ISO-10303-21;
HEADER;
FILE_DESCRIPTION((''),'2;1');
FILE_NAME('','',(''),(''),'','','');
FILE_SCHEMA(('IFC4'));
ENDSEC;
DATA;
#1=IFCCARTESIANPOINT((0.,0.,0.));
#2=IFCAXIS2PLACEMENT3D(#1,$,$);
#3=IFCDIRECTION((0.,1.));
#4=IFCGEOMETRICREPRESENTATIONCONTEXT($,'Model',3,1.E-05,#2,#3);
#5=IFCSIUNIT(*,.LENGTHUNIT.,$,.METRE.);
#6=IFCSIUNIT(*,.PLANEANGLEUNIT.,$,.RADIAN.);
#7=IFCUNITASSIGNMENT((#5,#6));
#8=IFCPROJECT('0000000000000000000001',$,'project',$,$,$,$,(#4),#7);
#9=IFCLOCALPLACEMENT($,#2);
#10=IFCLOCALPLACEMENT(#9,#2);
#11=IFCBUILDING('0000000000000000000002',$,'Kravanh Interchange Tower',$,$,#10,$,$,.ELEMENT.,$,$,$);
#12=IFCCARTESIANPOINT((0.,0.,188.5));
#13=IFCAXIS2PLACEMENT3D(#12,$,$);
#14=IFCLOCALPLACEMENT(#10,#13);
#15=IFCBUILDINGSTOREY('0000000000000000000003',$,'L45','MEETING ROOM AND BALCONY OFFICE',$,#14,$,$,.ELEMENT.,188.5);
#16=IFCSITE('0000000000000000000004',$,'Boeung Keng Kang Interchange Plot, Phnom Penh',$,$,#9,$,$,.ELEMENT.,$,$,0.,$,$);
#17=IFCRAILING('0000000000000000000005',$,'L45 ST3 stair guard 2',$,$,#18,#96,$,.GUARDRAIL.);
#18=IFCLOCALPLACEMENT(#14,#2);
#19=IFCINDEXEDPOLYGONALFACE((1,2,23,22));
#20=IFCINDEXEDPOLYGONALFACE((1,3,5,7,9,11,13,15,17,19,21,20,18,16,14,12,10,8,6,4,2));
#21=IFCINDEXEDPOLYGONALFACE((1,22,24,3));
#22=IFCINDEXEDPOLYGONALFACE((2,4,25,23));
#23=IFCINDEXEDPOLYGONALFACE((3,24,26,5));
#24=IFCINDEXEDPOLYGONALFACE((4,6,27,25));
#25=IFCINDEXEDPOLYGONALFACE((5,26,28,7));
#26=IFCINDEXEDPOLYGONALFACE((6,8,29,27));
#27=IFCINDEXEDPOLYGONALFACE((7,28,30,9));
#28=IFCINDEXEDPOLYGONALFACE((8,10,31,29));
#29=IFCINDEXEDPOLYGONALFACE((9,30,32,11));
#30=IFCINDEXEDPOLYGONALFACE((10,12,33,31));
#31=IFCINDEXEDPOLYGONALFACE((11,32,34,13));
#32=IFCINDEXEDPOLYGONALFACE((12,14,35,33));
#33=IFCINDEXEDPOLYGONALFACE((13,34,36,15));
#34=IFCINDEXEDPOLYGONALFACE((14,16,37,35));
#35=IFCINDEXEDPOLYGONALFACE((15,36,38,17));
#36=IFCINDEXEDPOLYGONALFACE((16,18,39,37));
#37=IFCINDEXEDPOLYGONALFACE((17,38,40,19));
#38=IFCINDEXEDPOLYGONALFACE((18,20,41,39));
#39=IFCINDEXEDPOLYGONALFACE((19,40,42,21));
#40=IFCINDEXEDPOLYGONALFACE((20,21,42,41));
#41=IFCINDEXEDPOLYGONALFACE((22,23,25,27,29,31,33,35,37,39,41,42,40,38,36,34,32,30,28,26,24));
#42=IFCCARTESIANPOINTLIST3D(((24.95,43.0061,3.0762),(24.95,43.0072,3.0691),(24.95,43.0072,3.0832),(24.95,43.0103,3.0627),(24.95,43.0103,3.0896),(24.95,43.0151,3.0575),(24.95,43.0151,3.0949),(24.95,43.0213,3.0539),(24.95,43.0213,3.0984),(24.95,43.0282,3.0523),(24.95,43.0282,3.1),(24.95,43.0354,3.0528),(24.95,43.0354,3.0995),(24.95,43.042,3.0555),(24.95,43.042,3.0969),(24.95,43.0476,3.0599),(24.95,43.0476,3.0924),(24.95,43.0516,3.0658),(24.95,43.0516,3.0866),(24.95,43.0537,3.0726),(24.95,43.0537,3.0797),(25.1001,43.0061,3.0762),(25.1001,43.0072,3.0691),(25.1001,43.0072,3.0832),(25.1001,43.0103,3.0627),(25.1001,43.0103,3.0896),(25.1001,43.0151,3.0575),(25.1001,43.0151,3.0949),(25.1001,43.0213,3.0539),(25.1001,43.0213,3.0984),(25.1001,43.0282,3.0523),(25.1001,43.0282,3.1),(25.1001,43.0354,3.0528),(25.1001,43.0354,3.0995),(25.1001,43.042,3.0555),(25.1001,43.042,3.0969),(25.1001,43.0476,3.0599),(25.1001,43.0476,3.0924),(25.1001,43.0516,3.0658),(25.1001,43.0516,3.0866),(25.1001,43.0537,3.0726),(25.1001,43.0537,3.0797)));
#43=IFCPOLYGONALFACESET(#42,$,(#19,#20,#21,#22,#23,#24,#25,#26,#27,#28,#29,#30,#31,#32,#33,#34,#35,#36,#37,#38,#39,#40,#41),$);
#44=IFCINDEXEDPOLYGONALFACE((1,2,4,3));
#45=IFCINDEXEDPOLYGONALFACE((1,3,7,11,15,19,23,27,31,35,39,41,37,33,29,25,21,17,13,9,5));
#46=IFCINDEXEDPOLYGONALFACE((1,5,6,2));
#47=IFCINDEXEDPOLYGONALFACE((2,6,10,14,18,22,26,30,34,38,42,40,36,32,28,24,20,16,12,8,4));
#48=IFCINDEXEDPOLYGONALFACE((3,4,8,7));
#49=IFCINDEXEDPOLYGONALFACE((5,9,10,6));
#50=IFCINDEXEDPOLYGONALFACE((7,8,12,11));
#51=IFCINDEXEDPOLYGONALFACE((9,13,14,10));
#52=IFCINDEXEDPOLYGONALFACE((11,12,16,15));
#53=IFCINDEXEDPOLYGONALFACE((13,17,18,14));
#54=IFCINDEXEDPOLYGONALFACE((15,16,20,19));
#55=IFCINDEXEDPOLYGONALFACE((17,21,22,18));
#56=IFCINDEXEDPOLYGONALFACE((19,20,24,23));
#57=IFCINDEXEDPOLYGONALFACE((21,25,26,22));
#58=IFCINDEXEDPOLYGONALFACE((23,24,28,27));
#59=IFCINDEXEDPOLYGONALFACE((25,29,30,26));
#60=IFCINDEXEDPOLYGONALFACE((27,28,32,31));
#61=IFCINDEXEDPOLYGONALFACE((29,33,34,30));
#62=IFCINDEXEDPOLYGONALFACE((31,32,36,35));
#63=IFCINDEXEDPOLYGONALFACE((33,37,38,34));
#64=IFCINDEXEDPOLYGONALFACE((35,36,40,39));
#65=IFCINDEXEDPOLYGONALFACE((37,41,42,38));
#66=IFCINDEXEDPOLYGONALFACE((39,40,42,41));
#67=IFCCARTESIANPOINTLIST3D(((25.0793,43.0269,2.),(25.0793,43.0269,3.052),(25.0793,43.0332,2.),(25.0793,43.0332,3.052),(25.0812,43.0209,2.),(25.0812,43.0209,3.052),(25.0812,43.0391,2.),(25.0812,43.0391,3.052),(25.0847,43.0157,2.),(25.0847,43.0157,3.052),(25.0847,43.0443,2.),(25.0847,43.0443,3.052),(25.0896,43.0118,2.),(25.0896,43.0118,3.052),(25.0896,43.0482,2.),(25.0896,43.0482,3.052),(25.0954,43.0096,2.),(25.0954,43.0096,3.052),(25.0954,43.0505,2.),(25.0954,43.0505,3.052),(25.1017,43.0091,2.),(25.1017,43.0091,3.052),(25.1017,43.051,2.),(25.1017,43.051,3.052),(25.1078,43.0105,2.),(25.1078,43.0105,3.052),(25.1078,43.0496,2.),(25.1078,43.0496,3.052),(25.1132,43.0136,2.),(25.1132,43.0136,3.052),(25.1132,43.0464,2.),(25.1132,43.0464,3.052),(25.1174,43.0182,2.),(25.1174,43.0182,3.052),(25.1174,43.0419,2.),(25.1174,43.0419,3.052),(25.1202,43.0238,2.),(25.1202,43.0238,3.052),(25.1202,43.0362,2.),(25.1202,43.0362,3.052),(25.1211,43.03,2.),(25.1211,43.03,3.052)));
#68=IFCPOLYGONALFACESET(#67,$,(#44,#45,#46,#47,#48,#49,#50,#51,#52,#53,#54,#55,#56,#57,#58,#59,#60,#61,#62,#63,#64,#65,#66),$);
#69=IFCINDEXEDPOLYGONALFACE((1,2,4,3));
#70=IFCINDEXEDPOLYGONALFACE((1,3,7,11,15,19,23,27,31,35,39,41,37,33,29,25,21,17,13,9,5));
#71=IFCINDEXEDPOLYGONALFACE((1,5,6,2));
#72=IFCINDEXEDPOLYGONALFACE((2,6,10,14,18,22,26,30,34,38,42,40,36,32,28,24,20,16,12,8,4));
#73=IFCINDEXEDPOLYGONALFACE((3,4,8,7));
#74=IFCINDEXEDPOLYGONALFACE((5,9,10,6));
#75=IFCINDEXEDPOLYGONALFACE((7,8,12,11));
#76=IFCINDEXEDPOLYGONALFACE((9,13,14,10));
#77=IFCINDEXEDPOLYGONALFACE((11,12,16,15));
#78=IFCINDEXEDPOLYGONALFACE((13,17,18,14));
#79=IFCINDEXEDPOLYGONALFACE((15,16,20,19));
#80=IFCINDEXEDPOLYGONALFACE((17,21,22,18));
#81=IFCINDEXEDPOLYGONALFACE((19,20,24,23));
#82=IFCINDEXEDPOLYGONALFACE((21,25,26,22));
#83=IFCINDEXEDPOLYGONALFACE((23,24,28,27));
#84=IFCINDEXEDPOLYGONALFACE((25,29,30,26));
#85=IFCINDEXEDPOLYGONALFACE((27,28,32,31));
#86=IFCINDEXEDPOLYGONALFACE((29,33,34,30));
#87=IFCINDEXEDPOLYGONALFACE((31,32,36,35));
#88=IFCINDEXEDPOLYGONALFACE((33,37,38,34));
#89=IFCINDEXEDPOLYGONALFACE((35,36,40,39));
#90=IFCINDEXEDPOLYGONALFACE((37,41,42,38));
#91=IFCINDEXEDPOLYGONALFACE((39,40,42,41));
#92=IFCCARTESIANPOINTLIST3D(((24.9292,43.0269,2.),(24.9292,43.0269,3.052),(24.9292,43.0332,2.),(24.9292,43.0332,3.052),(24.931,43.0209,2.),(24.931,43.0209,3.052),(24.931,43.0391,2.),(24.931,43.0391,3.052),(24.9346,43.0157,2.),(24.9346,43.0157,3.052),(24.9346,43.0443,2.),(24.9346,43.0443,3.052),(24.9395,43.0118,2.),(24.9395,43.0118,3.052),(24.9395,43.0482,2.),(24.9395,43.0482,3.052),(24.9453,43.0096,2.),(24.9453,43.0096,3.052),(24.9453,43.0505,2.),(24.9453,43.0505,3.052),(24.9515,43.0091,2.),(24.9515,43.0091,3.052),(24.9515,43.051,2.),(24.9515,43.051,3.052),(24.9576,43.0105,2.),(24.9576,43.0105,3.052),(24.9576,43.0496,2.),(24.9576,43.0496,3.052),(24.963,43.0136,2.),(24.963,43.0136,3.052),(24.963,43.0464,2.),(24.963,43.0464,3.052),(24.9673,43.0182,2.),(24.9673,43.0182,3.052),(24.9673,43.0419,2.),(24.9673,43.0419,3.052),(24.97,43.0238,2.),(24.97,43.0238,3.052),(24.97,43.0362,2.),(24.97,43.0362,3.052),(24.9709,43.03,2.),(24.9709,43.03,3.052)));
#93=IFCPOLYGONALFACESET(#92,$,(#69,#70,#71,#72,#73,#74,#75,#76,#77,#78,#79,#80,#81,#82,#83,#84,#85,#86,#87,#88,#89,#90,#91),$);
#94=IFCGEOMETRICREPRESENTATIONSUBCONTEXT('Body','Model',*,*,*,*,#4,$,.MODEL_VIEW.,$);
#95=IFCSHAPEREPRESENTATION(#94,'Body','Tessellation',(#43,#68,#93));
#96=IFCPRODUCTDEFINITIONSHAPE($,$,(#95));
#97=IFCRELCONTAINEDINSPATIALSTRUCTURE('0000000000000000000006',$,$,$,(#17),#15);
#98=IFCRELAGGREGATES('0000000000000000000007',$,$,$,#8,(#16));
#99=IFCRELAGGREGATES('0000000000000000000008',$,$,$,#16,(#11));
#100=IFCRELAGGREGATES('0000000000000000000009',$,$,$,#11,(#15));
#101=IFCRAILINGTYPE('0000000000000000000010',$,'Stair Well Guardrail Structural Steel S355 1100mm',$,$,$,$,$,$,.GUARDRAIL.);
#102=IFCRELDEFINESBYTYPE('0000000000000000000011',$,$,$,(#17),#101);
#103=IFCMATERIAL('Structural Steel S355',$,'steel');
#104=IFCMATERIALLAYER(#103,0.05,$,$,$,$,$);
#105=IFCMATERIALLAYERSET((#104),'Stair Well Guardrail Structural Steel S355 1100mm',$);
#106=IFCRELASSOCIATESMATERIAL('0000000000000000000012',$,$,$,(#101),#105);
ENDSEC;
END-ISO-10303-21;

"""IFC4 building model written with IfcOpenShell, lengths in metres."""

from ifc_helpers import new_model, si_unit, direction, frame, origin, origin_2d, place, context, subcontext, project, spatial, circle, extrude, material, layer, layer_set, type_object, element, save


model = new_model("IFC4")

# Units and contexts
model_context = context("Model", 3, precision=1e-05, world=origin(), true_north=direction((0.0, 1.0)))
body_context = subcontext(model_context, "Body", "Model", "MODEL_VIEW")
ifc_project = project(units=[si_unit("LENGTHUNIT", "METRE"), si_unit("PLANEANGLEUNIT", "RADIAN")], contexts=[model_context])

# Site, building, storey
site_placement = place(None, origin())
site = spatial("IfcSite", under=ifc_project, at=site_placement, Name="Boeung Keng Kang Interchange Plot, Phnom Penh", CompositionType="ELEMENT", RefElevation=0.0)
building_placement = place(site_placement, origin())
building = spatial("IfcBuilding", under=site, at=building_placement, Name="Kravanh Interchange Tower", CompositionType="ELEMENT")
storey_placement = place(building_placement, frame((0.0, 0.0, 188.5)))
storey = spatial("IfcBuildingStorey", under=building, at=storey_placement, Name="L45", Description="MEETING ROOM AND BALCONY OFFICE", CompositionType="ELEMENT", Elevation=188.5)

# Railing
ifc_material_1 = material(Name="Structural Steel S355", Category="steel")
ifc_layer_1 = layer(ifc_material_1, 0.05)
ifc_layer_set_1 = layer_set([ifc_layer_1], Name="Stair Well Guardrail Structural Steel S355 1100mm")
railing_type_1 = type_object("IfcRailingType", Name="Stair Well Guardrail Structural Steel S355 1100mm", PredefinedType="GUARDRAIL", material=ifc_layer_set_1)
railing_1_placement = place(storey_placement, frame((25.1001, 43.03, 2.0)))
element("IfcRailing", 1, at=railing_1_placement, inside=storey, type_object=railing_type_1, Name="L45 ST3 stair guard 2", PredefinedType="GUARDRAIL", context=body_context, shape_type="SweptSolid", body=[
    extrude(circle(Radius=0.0239, at=origin_2d()), frame((0.0, 0.0, 1.0762), z_axis=(-1.0, 0.0, 0.0), x_axis=(0.0, -1.0, 0.0)), (0.0, 0.0, 1.0), 0.1501),
    extrude(circle(Radius=0.021, at=origin_2d()), origin(), (0.0, 0.0, 1.0), 1.052),
    extrude(circle(Radius=0.021, at=origin_2d()), frame((-0.1501, 0.0, 0.0)), (0.0, 0.0, 1.0), 1.052),
])

save(model, "model.ifc")
